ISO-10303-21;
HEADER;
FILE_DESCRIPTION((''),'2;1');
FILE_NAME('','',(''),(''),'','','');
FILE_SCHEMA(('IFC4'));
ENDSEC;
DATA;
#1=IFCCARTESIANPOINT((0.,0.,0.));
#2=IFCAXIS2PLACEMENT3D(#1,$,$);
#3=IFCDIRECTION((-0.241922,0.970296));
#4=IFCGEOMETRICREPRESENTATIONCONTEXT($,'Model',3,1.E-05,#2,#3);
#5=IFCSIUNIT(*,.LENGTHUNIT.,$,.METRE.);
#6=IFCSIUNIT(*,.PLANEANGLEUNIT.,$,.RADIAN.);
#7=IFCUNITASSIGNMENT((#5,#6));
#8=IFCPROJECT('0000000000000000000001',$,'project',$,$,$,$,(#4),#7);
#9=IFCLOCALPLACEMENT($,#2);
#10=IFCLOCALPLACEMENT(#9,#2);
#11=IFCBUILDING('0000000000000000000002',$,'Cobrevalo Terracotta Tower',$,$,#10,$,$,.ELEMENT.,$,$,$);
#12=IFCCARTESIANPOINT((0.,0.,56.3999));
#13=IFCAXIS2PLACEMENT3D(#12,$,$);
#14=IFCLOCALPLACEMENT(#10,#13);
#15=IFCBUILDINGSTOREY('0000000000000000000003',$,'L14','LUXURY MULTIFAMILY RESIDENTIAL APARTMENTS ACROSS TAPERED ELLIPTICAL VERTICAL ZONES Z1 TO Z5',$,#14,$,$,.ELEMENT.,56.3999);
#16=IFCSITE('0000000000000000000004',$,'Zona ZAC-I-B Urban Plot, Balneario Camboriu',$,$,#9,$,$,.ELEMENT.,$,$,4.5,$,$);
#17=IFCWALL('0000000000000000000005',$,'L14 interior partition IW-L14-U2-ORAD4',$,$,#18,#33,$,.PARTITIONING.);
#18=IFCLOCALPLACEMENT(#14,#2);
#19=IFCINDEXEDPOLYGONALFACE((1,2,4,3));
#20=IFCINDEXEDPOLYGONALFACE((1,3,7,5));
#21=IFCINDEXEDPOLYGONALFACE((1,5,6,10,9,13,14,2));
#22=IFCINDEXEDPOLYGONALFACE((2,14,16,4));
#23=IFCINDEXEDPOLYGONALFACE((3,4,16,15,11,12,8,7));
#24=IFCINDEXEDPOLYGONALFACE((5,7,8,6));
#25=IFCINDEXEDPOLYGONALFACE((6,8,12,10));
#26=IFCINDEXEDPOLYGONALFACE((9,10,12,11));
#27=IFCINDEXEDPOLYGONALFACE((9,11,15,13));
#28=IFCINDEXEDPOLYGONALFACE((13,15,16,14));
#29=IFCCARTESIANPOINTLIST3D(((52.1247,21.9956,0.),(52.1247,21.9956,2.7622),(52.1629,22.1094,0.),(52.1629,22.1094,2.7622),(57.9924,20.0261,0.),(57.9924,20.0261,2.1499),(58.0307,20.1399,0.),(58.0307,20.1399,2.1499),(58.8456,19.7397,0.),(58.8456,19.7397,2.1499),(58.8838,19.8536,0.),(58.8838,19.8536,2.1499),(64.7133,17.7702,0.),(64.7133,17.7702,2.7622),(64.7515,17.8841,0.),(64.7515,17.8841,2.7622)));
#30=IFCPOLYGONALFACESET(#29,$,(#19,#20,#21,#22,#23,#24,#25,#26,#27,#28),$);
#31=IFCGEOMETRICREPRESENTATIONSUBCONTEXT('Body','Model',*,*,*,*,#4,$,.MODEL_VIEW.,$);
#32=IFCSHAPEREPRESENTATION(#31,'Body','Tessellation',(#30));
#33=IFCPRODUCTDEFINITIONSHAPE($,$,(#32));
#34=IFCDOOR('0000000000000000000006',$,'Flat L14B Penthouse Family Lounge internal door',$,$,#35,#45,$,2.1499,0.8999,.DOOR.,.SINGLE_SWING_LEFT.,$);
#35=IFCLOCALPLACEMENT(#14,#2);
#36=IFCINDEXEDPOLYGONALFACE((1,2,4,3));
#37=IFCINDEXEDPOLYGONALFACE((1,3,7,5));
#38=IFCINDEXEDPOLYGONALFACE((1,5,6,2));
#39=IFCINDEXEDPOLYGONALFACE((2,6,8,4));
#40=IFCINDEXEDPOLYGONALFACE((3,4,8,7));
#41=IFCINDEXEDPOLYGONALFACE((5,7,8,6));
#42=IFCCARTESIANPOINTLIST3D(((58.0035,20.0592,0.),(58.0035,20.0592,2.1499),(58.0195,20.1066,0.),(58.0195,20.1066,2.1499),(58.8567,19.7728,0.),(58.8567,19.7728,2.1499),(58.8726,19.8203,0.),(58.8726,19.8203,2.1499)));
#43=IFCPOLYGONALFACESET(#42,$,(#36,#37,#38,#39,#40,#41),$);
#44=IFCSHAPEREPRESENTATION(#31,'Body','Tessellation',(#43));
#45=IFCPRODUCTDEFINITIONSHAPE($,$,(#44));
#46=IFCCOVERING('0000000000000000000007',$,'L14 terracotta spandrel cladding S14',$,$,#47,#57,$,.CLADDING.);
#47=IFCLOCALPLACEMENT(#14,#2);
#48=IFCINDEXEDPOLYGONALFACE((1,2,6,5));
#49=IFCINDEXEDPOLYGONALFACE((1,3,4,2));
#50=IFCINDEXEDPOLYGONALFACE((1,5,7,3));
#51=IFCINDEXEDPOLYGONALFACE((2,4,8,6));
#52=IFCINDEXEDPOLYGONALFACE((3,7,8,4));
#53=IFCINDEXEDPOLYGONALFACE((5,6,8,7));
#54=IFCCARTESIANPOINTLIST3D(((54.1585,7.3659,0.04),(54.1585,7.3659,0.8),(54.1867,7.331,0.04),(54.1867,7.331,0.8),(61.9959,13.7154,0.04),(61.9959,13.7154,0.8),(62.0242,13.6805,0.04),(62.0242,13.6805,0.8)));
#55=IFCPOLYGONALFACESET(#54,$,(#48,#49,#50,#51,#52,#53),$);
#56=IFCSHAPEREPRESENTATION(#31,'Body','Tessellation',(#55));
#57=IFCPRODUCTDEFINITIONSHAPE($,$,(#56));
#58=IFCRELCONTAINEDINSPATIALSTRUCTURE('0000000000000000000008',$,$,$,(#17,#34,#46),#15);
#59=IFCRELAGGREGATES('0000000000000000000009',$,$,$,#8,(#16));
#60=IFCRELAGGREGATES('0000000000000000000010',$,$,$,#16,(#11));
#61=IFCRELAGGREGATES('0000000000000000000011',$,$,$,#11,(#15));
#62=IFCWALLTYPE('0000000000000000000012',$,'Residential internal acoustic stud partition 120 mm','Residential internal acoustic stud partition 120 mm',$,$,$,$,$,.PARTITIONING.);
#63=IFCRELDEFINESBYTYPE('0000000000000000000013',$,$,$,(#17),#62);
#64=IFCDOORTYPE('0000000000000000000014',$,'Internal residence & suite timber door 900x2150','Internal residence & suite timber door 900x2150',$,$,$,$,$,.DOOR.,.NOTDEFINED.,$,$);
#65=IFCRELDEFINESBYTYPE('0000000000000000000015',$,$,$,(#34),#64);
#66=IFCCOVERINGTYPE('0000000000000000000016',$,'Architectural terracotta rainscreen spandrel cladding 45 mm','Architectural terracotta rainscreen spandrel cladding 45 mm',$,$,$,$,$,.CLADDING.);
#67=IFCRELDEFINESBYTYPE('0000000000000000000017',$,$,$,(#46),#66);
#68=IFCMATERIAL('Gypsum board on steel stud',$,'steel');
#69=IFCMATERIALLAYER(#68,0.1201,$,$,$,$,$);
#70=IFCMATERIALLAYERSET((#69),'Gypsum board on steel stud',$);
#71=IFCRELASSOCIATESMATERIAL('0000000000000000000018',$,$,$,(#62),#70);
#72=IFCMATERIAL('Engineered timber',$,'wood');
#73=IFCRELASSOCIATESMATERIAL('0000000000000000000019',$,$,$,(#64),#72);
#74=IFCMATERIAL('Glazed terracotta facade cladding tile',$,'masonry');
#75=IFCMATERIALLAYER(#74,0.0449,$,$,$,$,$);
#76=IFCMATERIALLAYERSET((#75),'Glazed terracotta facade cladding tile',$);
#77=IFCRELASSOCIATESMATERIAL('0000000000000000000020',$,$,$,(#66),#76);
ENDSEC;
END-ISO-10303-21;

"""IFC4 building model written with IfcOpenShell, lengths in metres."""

from ifc_helpers import new_model, si_unit, direction, frame, frame_2d, origin, origin_2d, place, context, subcontext, project, spatial, rectangle, extrude, source, transform, mapped, material, layer, layer_set, type_object, element, fill, save


model = new_model("IFC4")

# Units and contexts
model_context = context("Model", 3, precision=1e-05, world=origin(), true_north=direction((-0.241922, 0.970296)))
body_context = subcontext(model_context, "Body", "Model", "MODEL_VIEW")
ifc_project = project(units=[si_unit("LENGTHUNIT", "METRE"), si_unit("PLANEANGLEUNIT", "RADIAN")], contexts=[model_context])

# Site, building, storey
site_placement = place(None, origin())
site = spatial("IfcSite", under=ifc_project, at=site_placement, Name="Zona ZAC-I-B Urban Plot, Balneario Camboriu", CompositionType="ELEMENT", RefElevation=4.5)
building_placement = place(site_placement, origin())
building = spatial("IfcBuilding", under=site, at=building_placement, Name="Cobrevalo Terracotta Tower", CompositionType="ELEMENT")
storey_placement = place(building_placement, frame((0.0, 0.0, 56.3999)))
storey = spatial("IfcBuildingStorey", under=building, at=storey_placement, Name="L14", Description="LUXURY MULTIFAMILY RESIDENTIAL APARTMENTS ACROSS TAPERED ELLIPTICAL VERTICAL ZONES Z1 TO Z5", CompositionType="ELEMENT", Elevation=56.3999)

# Shared definitions
ifc_material_1 = material(Name="Gypsum board on steel stud", Category="steel")

# Wall, opening, door
ifc_layer_1 = layer(ifc_material_1, 0.1201)
ifc_layer_set_1 = layer_set([ifc_layer_1], Name="Gypsum board on steel stud")
wall_type_1 = type_object("IfcWallType", Name="Residential internal acoustic stud partition 120 mm", Description="Residential internal acoustic stud partition 120 mm", PredefinedType="PARTITIONING", material=ifc_layer_set_1)
ifc_material_2 = material(Name="Engineered timber", Category="wood")
door_type_1 = type_object("IfcDoorType", Name="Internal residence & suite timber door 900x2150", Description="Internal residence & suite timber door 900x2150", OperationType="NOTDEFINED", PredefinedType="DOOR", material=ifc_material_2)
shared_shape_1 = source(origin(), body_context, "Body", "SweptSolid", [
    extrude(rectangle(XDim=0.8999, YDim=2.1499, at=frame_2d((0.45, 1.075))), frame((0.0, 0.0249, 0.0), z_axis=(0.0, -1.0, 0.0), x_axis=(1.0, 0.0, 0.0)), (0.0, 0.0, 1.0), 0.05),
])
wall_1_placement = place(storey_placement, frame((52.1438, 22.0525, 0.0), z_axis=(0.0, 0.0, 1.0), x_axis=(0.948023, -0.318202, 0.0)))
wall_1 = element("IfcWall", 1, at=wall_1_placement, inside=storey, type_object=wall_type_1, Name="L14 interior partition IW-L14-U2-ORAD4", PredefinedType="PARTITIONING", context=body_context, shape_type="SweptSolid", body=[
    extrude(rectangle(XDim=13.2788, YDim=0.1201, at=frame_2d((6.6394, 0.0))), origin(), (0.0, 0.0, 1.0), 2.7622),
])
opening_1_placement = place(wall_1_placement, frame((6.1895, 0.0, 0.0)))
opening_1 = element("IfcOpeningElement", 2, at=opening_1_placement, cuts=wall_1, PredefinedType="OPENING", context=body_context, shape_type="SweptSolid", body=[
    extrude(rectangle(XDim=0.8999, YDim=2.1499, at=frame_2d((0.45, 1.075))), frame((0.0, 0.0701, 0.0), z_axis=(0.0, -1.0, 0.0), x_axis=(1.0, 0.0, 0.0)), (0.0, 0.0, 1.0), 0.1401),
])
door_1_placement = place(opening_1_placement, origin())
door_1 = element("IfcDoor", 3, at=door_1_placement, inside=storey, type_object=door_type_1, Name="Flat L14B Penthouse Family Lounge internal door", OperationType="SINGLE_SWING_LEFT", OverallHeight=2.1499, OverallWidth=0.8999, PredefinedType="DOOR", context=body_context, shape_type="MappedRepresentation", body=[
    mapped(shared_shape_1, transform((0.0, 0.0, 0.0), scale=1.0)),
])
fill(opening_1, door_1)

# Covering
ifc_material_3 = material(Name="Glazed terracotta facade cladding tile", Category="masonry")
ifc_layer_2 = layer(ifc_material_3, 0.0449)
ifc_layer_set_2 = layer_set([ifc_layer_2], Name="Glazed terracotta facade cladding tile")
covering_type = type_object("IfcCoveringType", Name="Architectural terracotta rainscreen spandrel cladding 45 mm", Description="Architectural terracotta rainscreen spandrel cladding 45 mm", PredefinedType="CLADDING", material=ifc_layer_set_2)
shared_shape_2 = source(origin(), body_context, "Body", "SweptSolid", [
    extrude(rectangle(XDim=10.0867, YDim=0.0449, at=origin_2d()), origin(), (0.0, 0.0, 1.0), 0.76),
])
covering_placement = place(storey_placement, frame((58.0913, 10.5232, 0.04), z_axis=(0.0, 0.0, 1.0), x_axis=(0.777008, 0.629491, 0.0)))
element("IfcCovering", 4, at=covering_placement, inside=storey, type_object=covering_type, Name="L14 terracotta spandrel cladding S14", PredefinedType="CLADDING", context=body_context, shape_type="MappedRepresentation", body=[
    mapped(shared_shape_2, transform((0.0, 0.0, 0.0), scale=1.0)),
])

save(model, "model.ifc")
